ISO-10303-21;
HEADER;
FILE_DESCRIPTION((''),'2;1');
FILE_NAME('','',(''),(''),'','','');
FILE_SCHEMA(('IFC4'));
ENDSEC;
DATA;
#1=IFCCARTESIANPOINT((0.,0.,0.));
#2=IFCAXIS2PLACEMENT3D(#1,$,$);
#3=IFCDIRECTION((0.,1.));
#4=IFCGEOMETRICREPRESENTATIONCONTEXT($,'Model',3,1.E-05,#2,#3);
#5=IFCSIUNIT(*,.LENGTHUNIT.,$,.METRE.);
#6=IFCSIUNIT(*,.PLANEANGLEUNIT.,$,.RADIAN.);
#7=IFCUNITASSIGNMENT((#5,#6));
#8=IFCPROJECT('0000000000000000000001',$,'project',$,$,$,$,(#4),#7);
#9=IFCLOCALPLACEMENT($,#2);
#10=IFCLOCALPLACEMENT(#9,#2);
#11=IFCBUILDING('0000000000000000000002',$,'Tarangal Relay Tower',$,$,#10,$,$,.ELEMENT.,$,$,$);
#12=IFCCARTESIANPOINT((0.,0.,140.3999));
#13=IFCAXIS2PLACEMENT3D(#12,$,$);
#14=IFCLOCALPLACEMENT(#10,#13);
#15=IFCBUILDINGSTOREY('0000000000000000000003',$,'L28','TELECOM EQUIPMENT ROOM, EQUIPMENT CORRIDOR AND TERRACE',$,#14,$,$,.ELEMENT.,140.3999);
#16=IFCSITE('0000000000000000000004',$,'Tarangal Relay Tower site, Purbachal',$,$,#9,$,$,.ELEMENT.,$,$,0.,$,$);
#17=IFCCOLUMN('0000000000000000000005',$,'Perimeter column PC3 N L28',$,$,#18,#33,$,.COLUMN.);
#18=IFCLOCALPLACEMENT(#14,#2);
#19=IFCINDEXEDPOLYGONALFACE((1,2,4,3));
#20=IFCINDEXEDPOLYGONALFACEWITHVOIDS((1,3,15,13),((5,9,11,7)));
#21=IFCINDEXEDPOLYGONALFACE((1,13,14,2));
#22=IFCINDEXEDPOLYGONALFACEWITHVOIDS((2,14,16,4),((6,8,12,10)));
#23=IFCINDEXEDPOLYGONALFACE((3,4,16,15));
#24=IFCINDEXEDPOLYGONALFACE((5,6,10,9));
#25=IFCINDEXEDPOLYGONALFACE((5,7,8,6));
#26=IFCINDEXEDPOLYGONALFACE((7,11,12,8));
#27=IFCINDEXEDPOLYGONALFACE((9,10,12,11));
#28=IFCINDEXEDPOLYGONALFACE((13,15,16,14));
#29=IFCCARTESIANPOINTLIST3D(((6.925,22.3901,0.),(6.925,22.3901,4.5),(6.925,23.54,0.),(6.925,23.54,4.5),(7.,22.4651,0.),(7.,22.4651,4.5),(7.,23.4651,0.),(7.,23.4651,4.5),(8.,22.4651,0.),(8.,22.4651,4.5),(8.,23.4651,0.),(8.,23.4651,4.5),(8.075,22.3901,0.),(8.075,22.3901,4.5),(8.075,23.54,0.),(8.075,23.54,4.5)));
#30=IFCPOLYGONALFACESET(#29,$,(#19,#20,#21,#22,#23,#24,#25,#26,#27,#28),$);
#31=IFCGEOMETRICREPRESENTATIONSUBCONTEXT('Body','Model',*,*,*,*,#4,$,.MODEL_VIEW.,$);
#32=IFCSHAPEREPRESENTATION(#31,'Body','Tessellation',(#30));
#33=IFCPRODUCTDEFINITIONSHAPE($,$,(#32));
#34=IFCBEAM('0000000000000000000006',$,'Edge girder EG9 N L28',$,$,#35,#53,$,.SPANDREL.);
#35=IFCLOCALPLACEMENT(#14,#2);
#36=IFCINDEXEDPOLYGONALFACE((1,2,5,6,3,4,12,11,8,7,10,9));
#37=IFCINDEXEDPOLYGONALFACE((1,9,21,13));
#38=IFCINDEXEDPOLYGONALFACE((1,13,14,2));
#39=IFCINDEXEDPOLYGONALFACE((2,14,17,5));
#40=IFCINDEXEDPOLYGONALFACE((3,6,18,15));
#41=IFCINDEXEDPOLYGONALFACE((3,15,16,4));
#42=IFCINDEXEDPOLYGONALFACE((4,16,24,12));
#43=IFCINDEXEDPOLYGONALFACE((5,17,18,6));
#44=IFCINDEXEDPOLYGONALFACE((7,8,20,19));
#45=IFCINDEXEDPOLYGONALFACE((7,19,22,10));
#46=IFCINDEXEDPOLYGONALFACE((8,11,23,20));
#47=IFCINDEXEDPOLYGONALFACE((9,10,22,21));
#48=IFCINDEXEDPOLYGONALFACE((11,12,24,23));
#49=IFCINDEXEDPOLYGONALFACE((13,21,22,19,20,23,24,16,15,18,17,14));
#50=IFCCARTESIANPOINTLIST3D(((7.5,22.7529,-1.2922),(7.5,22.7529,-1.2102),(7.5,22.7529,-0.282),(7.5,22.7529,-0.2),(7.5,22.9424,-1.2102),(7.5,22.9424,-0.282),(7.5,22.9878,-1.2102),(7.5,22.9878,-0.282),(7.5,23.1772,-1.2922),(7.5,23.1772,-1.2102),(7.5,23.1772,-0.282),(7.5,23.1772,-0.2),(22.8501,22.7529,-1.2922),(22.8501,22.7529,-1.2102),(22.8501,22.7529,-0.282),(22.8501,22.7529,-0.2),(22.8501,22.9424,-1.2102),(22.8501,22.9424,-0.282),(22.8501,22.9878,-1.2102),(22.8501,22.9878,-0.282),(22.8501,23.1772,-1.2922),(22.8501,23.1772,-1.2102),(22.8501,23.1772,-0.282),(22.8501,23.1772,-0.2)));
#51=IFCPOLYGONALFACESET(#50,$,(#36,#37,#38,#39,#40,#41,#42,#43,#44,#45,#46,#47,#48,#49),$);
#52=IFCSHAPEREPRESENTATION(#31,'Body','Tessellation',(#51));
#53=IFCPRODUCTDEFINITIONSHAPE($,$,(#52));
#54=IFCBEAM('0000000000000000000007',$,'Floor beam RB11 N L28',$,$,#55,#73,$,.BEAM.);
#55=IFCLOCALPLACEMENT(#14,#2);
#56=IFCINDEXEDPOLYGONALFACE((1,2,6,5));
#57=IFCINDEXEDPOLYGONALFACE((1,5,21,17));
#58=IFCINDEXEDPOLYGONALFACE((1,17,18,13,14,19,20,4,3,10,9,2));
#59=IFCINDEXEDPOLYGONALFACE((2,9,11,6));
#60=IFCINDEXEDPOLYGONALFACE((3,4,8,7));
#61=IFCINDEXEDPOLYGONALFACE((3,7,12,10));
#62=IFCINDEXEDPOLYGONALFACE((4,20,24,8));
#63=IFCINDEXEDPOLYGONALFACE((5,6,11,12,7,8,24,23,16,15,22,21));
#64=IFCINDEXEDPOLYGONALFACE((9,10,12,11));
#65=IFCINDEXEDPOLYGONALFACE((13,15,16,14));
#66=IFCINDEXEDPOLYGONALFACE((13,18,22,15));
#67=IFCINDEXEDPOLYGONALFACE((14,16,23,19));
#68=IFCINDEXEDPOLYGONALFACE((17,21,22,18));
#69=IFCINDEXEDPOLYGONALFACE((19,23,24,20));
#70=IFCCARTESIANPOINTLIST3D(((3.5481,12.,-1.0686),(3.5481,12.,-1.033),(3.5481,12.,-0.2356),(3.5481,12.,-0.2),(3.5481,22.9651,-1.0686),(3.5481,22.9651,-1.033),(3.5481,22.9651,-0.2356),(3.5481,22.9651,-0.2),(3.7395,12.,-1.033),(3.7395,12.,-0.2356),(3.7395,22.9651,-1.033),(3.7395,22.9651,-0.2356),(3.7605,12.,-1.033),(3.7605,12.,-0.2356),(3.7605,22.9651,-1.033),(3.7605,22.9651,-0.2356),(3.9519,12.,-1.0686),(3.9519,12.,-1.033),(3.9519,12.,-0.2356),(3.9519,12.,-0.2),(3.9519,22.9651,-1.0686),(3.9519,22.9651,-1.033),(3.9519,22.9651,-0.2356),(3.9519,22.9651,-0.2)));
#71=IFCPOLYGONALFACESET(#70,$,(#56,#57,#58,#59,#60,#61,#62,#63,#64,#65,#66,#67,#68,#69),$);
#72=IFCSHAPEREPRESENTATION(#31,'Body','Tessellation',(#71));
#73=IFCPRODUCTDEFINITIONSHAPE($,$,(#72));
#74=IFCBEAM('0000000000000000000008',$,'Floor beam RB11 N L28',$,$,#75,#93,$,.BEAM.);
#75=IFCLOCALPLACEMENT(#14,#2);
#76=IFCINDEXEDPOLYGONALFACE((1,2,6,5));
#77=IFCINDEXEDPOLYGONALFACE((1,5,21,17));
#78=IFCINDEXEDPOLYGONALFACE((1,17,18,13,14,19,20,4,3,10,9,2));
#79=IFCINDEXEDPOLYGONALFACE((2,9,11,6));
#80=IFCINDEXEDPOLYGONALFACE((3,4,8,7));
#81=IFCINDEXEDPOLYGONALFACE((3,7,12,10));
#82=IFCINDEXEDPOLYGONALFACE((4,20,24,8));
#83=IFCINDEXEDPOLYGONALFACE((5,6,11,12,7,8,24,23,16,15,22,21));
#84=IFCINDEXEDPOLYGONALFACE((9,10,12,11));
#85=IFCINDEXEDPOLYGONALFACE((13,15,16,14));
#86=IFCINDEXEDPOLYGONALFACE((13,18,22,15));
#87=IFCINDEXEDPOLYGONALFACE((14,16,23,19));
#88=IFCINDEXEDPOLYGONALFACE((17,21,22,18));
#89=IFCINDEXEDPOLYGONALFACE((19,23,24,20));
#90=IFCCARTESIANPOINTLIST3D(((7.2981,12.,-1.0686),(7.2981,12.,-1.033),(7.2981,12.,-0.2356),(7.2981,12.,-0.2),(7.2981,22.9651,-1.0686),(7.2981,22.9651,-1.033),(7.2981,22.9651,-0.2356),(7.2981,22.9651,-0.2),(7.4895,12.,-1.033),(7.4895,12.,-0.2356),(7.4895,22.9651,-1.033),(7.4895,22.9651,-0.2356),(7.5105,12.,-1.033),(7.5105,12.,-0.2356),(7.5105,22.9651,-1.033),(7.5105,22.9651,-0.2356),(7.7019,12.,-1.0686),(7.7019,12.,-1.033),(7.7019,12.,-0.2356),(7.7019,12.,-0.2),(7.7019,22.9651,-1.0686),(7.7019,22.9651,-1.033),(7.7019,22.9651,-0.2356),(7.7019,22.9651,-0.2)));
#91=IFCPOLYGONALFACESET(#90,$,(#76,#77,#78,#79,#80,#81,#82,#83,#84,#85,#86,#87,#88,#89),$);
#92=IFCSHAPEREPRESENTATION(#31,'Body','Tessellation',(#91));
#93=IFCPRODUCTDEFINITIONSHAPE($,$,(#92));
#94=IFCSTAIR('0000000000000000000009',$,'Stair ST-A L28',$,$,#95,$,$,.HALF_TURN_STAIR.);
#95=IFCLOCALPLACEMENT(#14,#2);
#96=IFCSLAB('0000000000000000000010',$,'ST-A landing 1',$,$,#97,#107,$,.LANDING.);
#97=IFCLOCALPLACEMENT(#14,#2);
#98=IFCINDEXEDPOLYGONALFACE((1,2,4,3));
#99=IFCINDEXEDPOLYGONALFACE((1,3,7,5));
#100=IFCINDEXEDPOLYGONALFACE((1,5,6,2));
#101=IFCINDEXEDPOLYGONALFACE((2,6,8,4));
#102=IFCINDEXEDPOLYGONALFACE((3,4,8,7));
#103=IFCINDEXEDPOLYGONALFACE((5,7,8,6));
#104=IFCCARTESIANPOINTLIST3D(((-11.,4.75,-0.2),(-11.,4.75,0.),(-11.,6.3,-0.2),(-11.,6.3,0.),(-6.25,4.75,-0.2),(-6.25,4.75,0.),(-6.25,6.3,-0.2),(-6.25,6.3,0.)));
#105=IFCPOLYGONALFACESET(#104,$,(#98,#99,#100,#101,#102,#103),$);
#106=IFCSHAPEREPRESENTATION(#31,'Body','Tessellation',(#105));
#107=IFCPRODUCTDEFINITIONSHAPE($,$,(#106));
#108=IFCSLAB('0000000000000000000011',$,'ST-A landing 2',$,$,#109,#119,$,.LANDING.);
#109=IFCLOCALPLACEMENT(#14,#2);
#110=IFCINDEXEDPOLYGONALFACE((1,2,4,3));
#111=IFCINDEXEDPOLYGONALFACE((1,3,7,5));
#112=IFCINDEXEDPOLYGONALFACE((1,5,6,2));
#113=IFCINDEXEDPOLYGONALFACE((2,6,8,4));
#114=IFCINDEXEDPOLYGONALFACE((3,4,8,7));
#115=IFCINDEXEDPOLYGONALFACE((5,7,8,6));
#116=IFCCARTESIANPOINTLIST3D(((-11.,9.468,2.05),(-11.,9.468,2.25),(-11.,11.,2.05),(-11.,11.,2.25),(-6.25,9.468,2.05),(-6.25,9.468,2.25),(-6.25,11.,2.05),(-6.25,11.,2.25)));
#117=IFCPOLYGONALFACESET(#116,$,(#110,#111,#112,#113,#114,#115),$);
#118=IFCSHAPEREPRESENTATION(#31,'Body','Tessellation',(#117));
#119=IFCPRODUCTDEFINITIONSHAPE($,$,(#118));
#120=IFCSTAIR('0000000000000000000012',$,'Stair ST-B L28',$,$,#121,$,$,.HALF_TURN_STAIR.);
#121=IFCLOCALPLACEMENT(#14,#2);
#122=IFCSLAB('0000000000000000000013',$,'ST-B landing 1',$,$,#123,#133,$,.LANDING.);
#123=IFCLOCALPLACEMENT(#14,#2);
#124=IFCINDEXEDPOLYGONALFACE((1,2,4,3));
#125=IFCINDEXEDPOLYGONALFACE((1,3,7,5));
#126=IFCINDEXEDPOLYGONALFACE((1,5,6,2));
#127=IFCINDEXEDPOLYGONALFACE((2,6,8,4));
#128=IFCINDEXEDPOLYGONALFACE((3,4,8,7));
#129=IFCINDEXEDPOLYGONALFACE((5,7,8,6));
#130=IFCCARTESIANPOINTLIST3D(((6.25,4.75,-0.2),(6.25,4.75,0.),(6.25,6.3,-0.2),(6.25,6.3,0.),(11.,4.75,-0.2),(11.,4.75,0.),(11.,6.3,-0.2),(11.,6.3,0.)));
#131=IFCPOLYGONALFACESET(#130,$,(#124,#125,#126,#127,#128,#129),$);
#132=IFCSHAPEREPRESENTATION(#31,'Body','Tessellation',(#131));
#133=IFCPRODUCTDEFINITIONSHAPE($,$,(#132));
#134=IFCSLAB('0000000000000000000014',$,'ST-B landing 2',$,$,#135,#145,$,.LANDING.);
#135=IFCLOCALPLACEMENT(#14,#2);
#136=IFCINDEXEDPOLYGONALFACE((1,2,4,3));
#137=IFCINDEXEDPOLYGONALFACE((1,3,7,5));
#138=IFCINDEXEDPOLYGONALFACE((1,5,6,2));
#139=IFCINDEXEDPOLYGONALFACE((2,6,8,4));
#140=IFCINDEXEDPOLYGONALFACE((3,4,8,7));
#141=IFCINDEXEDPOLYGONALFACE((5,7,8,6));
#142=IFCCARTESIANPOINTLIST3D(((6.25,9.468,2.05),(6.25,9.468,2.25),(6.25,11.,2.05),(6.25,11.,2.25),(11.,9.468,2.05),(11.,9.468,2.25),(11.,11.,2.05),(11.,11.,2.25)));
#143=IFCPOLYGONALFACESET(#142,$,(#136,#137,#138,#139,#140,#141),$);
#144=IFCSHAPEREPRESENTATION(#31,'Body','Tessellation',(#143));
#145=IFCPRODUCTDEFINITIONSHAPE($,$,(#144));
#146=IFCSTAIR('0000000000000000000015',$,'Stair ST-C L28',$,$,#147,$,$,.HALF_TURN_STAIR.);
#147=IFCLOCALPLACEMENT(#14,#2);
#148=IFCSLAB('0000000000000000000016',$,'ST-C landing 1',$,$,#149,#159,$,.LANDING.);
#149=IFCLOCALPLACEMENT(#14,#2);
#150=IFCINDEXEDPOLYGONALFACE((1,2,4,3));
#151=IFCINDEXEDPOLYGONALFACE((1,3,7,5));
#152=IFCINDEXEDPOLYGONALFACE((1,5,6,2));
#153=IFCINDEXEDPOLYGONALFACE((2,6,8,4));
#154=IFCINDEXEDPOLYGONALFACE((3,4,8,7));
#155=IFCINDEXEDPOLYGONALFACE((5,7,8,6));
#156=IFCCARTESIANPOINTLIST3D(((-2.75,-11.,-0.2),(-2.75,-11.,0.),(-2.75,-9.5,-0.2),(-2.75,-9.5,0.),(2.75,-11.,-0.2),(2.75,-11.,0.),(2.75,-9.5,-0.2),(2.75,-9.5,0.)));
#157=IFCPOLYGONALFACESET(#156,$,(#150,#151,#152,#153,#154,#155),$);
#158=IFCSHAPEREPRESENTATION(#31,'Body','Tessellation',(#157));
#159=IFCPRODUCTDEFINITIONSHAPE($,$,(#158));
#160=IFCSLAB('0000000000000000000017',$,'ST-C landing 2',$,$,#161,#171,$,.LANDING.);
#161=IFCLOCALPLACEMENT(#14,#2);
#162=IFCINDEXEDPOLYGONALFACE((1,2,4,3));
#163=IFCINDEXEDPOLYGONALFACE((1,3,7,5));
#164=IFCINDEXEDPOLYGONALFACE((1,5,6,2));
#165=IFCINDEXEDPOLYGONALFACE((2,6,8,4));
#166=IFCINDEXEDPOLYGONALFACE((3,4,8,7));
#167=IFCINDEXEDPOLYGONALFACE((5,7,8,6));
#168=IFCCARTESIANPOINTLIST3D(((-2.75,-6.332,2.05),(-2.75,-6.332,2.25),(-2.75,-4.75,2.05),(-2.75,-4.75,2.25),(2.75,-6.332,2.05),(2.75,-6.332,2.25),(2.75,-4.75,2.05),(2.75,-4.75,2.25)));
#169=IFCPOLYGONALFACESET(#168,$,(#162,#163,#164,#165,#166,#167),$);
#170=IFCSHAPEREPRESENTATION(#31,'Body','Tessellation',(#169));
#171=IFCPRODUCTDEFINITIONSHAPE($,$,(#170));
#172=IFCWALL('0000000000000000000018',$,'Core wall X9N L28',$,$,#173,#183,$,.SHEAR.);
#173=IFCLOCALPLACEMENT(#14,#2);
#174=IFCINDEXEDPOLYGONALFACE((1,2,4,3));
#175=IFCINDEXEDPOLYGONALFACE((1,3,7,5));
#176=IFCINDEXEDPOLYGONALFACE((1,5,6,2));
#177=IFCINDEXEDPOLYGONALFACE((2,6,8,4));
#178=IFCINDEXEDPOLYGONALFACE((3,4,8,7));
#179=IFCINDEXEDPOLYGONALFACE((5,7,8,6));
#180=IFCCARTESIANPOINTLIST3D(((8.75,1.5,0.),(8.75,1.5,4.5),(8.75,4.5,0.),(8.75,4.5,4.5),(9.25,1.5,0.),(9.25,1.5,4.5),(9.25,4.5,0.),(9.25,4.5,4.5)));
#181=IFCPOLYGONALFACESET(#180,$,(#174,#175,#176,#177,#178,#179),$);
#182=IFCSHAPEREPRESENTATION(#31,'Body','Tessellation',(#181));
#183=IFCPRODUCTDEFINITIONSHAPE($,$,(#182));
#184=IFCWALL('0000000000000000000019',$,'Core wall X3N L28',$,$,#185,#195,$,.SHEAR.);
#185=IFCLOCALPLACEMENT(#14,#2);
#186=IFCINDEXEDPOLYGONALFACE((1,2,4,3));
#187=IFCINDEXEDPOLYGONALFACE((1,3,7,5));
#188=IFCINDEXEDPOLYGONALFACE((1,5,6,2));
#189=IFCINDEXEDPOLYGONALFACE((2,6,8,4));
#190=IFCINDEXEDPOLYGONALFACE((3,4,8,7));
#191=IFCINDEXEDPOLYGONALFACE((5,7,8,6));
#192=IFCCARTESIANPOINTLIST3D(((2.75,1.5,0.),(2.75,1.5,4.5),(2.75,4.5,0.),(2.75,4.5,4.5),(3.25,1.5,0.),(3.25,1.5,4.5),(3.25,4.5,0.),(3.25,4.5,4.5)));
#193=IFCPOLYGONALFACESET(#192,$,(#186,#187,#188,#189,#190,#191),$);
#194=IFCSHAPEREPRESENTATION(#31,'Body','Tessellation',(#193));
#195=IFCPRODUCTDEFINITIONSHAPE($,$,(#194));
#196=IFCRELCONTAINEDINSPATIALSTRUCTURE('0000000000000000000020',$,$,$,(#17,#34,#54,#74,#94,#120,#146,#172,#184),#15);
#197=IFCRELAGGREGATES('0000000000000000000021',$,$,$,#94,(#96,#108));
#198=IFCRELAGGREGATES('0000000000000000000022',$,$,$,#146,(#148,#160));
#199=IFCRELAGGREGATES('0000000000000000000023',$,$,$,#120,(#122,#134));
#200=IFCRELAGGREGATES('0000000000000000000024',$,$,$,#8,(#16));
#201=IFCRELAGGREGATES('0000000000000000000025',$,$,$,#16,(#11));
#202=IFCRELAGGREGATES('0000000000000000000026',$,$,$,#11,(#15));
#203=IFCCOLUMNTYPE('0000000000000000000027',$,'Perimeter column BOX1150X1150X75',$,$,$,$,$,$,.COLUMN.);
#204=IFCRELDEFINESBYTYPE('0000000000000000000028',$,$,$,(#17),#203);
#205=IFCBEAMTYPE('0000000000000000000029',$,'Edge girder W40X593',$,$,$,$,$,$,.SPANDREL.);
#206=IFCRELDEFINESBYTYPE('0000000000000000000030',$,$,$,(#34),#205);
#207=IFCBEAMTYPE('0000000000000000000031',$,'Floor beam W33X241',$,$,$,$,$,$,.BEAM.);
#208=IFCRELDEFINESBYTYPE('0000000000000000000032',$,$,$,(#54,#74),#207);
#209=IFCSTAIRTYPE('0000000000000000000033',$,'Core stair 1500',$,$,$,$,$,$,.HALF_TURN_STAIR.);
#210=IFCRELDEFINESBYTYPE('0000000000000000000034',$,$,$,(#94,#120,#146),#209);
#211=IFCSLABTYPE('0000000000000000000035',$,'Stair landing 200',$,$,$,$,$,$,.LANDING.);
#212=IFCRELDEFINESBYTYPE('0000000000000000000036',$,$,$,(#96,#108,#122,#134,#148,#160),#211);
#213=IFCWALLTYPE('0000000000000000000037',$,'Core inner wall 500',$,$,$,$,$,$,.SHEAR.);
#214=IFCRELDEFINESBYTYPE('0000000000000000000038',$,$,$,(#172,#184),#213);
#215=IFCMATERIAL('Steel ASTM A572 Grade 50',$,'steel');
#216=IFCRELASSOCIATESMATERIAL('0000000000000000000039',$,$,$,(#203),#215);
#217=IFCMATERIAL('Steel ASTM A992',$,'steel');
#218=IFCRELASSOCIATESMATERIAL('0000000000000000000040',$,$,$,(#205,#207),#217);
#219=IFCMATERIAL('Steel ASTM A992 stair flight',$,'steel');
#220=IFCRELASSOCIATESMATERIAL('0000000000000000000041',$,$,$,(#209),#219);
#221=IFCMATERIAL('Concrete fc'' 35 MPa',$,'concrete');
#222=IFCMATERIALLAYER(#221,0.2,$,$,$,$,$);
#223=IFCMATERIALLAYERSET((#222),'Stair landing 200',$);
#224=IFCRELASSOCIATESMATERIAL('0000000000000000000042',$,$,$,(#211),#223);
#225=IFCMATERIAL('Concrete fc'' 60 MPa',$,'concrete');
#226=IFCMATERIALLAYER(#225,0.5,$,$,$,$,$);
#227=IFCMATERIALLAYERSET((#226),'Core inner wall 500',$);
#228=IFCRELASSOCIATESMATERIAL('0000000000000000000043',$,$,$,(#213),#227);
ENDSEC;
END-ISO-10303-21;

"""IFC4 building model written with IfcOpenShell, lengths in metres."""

from ifc_helpers import new_model, si_unit, direction, frame, frame_2d, origin, origin_2d, place, context, subcontext, project, spatial, polyline, rectangle, hollow_rectangle, i_section, outline, extrude, material, layer, layer_set, material_profile, profile_set, type_object, element, aggregate, save


model = new_model("IFC4")

# Units and contexts
model_context = context("Model", 3, precision=1e-05, world=origin(), true_north=direction((0.0, 1.0)))
body_context = subcontext(model_context, "Body", "Model", "MODEL_VIEW")
ifc_project = project(units=[si_unit("LENGTHUNIT", "METRE"), si_unit("PLANEANGLEUNIT", "RADIAN")], contexts=[model_context])

# Site, building, storey
site_placement = place(None, origin())
site = spatial("IfcSite", under=ifc_project, at=site_placement, Name="Tarangal Relay Tower site, Purbachal", CompositionType="ELEMENT", RefElevation=0.0)
building_placement = place(site_placement, origin())
building = spatial("IfcBuilding", under=site, at=building_placement, Name="Tarangal Relay Tower", CompositionType="ELEMENT")
storey_placement = place(building_placement, frame((0.0, 0.0, 140.3999)))
storey = spatial("IfcBuildingStorey", under=building, at=storey_placement, Name="L28", Description="TELECOM EQUIPMENT ROOM, EQUIPMENT CORRIDOR AND TERRACE", CompositionType="ELEMENT", Elevation=140.3999)

# Column
ifc_material_1 = material(Name="Steel ASTM A572 Grade 50", Category="steel")
ifc_material_profile_1 = material_profile(ifc_material_1, hollow_rectangle(XDim=1.1499, YDim=1.1499, WallThickness=0.075, at=origin_2d()), Name="BOX1150X1150X75")
ifc_profile_set_1 = profile_set([ifc_material_profile_1], Name="Steel ASTM A572 Grade 50")
column_type = type_object("IfcColumnType", Name="Perimeter column BOX1150X1150X75", PredefinedType="COLUMN", material=ifc_profile_set_1)
column_placement = place(storey_placement, frame((7.5, 22.9651, 0.0), z_axis=(0.0, 0.0, 1.0), x_axis=(1.0, 0.0, 0.0)))
element("IfcColumn", 1, at=column_placement, inside=storey, type_object=column_type, Name="Perimeter column PC3 N L28", PredefinedType="COLUMN", context=body_context, shape_type="SweptSolid", body=[
    extrude(hollow_rectangle(XDim=1.1499, YDim=1.1499, WallThickness=0.075, at=origin_2d()), origin(), (0.0, 0.0, 1.0), 4.5),
])

# Beams
ifc_material_2 = material(Name="Steel ASTM A992", Category="steel")
ifc_material_profile_2 = material_profile(ifc_material_2, i_section(OverallWidth=0.4243, OverallDepth=1.0923, WebThickness=0.0454, FlangeThickness=0.082, at=origin_2d()), Name="W40X593")
ifc_profile_set_2 = profile_set([ifc_material_profile_2], Name="Steel ASTM A992")
beam_type_1 = type_object("IfcBeamType", Name="Edge girder W40X593", PredefinedType="SPANDREL", material=ifc_profile_set_2)
beam_placement = place(storey_placement, frame((7.5, 22.9651, -0.7461), z_axis=(1.0, 0.0, 0.0), x_axis=(0.0, 1.0, 0.0)))
element("IfcBeam", 2, at=beam_placement, inside=storey, type_object=beam_type_1, Name="Edge girder EG9 N L28", PredefinedType="SPANDREL", context=body_context, shape_type="SweptSolid", body=[
    extrude(i_section(OverallWidth=0.4243, OverallDepth=1.0923, WebThickness=0.0454, FlangeThickness=0.082, at=origin_2d()), origin(), (0.0, 0.0, 1.0), 15.3501),
])
ifc_material_profile_3 = material_profile(ifc_material_2, i_section(OverallWidth=0.4038, OverallDepth=0.8687, WebThickness=0.021, FlangeThickness=0.0356, at=origin_2d()), Name="W33X241")
ifc_profile_set_3 = profile_set([ifc_material_profile_3], Name="Steel ASTM A992")
beam_type_2 = type_object("IfcBeamType", Name="Floor beam W33X241", PredefinedType="BEAM", material=ifc_profile_set_3)
for number, where, z_axis, x_axis, name in (
    (3, (3.75, 12.0, -0.6343), (0.0, 1.0, 0.0), (-1.0, 0.0, 0.0), "Floor beam RB11 N L28"),
    (4, (7.5, 12.0, -0.6343), (0.0, 1.0, 0.0), (-1.0, 0.0, 0.0), "Floor beam RB11 N L28"),
):
    element("IfcBeam", number, at=place(storey_placement, frame(where, z_axis=z_axis, x_axis=x_axis)), inside=storey, type_object=beam_type_2, Name=name, PredefinedType="BEAM", context=body_context, shape_type="SweptSolid", body=[
        extrude(i_section(OverallWidth=0.4038, OverallDepth=0.8687, WebThickness=0.021, FlangeThickness=0.0356, at=origin_2d()), origin(), (0.0, 0.0, 1.0), 10.9651),
    ])

# Stairs, slabs
ifc_material_3 = material(Name="Steel ASTM A992 stair flight", Category="steel")
stair_type = type_object("IfcStairType", Name="Core stair 1500", PredefinedType="HALF_TURN_STAIR", material=ifc_material_3)
stair_1_placement = place(storey_placement, origin())
stair_1 = element("IfcStair", 5, at=stair_1_placement, inside=storey, type_object=stair_type, Name="Stair ST-A L28", PredefinedType="HALF_TURN_STAIR")
ifc_material_4 = material(Name="Concrete fc' 35 MPa", Category="concrete")
ifc_layer_1 = layer(ifc_material_4, 0.2)
ifc_layer_set_1 = layer_set([ifc_layer_1], Name="Stair landing 200")
slab_type = type_object("IfcSlabType", Name="Stair landing 200", PredefinedType="LANDING", material=ifc_layer_set_1)
slab_1_placement = place(storey_placement, frame((0.0, 0.0, -0.2)))
slab_1 = element("IfcSlab", 6, at=slab_1_placement, type_object=slab_type, Name="ST-A landing 1", PredefinedType="LANDING", context=body_context, shape_type="SweptSolid", body=[
    extrude(outline(polyline([(-11.0, 4.75), (-6.25, 4.75), (-6.25, 6.3), (-11.0, 6.3), (-11.0, 4.75)])), origin(), (0.0, 0.0, 1.0), 0.2),
])
slab_2_placement = place(storey_placement, frame((0.0, 0.0, 2.05)))
slab_2 = element("IfcSlab", 7, at=slab_2_placement, type_object=slab_type, Name="ST-A landing 2", PredefinedType="LANDING", context=body_context, shape_type="SweptSolid", body=[
    extrude(outline(polyline([(-11.0, 9.468), (-6.25, 9.468), (-6.25, 11.0), (-11.0, 11.0), (-11.0, 9.468)])), origin(), (0.0, 0.0, 1.0), 0.2),
])
aggregate(stair_1, [slab_1, slab_2])
stair_2_placement = place(storey_placement, origin())
stair_2 = element("IfcStair", 8, at=stair_2_placement, inside=storey, type_object=stair_type, Name="Stair ST-B L28", PredefinedType="HALF_TURN_STAIR")
slab_3_placement = place(storey_placement, frame((0.0, 0.0, -0.2)))
slab_3 = element("IfcSlab", 9, at=slab_3_placement, type_object=slab_type, Name="ST-B landing 1", PredefinedType="LANDING", context=body_context, shape_type="SweptSolid", body=[
    extrude(outline(polyline([(6.25, 4.75), (11.0, 4.75), (11.0, 6.3), (6.25, 6.3), (6.25, 4.75)])), origin(), (0.0, 0.0, 1.0), 0.2),
])
slab_4_placement = place(storey_placement, frame((0.0, 0.0, 2.05)))
slab_4 = element("IfcSlab", 10, at=slab_4_placement, type_object=slab_type, Name="ST-B landing 2", PredefinedType="LANDING", context=body_context, shape_type="SweptSolid", body=[
    extrude(outline(polyline([(6.25, 9.468), (11.0, 9.468), (11.0, 11.0), (6.25, 11.0), (6.25, 9.468)])), origin(), (0.0, 0.0, 1.0), 0.2),
])
stair_3_placement = place(storey_placement, origin())
stair_3 = element("IfcStair", 11, at=stair_3_placement, inside=storey, type_object=stair_type, Name="Stair ST-C L28", PredefinedType="HALF_TURN_STAIR")
slab_5_placement = place(storey_placement, frame((0.0, 0.0, -0.2)))
slab_5 = element("IfcSlab", 12, at=slab_5_placement, type_object=slab_type, Name="ST-C landing 1", PredefinedType="LANDING", context=body_context, shape_type="SweptSolid", body=[
    extrude(outline(polyline([(-2.75, -11.0), (2.75, -11.0), (2.75, -9.5), (-2.75, -9.5), (-2.75, -11.0)])), origin(), (0.0, 0.0, 1.0), 0.2),
])
slab_6_placement = place(storey_placement, frame((0.0, 0.0, 2.05)))
slab_6 = element("IfcSlab", 13, at=slab_6_placement, type_object=slab_type, Name="ST-C landing 2", PredefinedType="LANDING", context=body_context, shape_type="SweptSolid", body=[
    extrude(outline(polyline([(-2.75, -6.332), (2.75, -6.332), (2.75, -4.75), (-2.75, -4.75), (-2.75, -6.332)])), origin(), (0.0, 0.0, 1.0), 0.2),
])
aggregate(stair_3, [slab_5, slab_6])

# Walls
ifc_material_5 = material(Name="Concrete fc' 60 MPa", Category="concrete")
ifc_layer_2 = layer(ifc_material_5, 0.5)
ifc_layer_set_2 = layer_set([ifc_layer_2], Name="Core inner wall 500")
wall_type = type_object("IfcWallType", Name="Core inner wall 500", PredefinedType="SHEAR", material=ifc_layer_set_2)
for number, where, z_axis, x_axis, name in (
    (14, (9.0, 1.5, 0.0), (0.0, 0.0, 1.0), (0.0, 1.0, 0.0), "Core wall X9N L28"),
    (15, (3.0, 1.5, 0.0), (0.0, 0.0, 1.0), (0.0, 1.0, 0.0), "Core wall X3N L28"),
):
    element("IfcWall", number, at=place(storey_placement, frame(where, z_axis=z_axis, x_axis=x_axis)), inside=storey, type_object=wall_type, Name=name, PredefinedType="SHEAR", context=body_context, shape_type="SweptSolid", body=[
        extrude(rectangle(XDim=3.0, YDim=0.5, at=frame_2d((1.5, 0.0))), origin(), (0.0, 0.0, 1.0), 4.5),
    ])

aggregate(stair_2, [slab_3, slab_4])

save(model, "model.ifc")
